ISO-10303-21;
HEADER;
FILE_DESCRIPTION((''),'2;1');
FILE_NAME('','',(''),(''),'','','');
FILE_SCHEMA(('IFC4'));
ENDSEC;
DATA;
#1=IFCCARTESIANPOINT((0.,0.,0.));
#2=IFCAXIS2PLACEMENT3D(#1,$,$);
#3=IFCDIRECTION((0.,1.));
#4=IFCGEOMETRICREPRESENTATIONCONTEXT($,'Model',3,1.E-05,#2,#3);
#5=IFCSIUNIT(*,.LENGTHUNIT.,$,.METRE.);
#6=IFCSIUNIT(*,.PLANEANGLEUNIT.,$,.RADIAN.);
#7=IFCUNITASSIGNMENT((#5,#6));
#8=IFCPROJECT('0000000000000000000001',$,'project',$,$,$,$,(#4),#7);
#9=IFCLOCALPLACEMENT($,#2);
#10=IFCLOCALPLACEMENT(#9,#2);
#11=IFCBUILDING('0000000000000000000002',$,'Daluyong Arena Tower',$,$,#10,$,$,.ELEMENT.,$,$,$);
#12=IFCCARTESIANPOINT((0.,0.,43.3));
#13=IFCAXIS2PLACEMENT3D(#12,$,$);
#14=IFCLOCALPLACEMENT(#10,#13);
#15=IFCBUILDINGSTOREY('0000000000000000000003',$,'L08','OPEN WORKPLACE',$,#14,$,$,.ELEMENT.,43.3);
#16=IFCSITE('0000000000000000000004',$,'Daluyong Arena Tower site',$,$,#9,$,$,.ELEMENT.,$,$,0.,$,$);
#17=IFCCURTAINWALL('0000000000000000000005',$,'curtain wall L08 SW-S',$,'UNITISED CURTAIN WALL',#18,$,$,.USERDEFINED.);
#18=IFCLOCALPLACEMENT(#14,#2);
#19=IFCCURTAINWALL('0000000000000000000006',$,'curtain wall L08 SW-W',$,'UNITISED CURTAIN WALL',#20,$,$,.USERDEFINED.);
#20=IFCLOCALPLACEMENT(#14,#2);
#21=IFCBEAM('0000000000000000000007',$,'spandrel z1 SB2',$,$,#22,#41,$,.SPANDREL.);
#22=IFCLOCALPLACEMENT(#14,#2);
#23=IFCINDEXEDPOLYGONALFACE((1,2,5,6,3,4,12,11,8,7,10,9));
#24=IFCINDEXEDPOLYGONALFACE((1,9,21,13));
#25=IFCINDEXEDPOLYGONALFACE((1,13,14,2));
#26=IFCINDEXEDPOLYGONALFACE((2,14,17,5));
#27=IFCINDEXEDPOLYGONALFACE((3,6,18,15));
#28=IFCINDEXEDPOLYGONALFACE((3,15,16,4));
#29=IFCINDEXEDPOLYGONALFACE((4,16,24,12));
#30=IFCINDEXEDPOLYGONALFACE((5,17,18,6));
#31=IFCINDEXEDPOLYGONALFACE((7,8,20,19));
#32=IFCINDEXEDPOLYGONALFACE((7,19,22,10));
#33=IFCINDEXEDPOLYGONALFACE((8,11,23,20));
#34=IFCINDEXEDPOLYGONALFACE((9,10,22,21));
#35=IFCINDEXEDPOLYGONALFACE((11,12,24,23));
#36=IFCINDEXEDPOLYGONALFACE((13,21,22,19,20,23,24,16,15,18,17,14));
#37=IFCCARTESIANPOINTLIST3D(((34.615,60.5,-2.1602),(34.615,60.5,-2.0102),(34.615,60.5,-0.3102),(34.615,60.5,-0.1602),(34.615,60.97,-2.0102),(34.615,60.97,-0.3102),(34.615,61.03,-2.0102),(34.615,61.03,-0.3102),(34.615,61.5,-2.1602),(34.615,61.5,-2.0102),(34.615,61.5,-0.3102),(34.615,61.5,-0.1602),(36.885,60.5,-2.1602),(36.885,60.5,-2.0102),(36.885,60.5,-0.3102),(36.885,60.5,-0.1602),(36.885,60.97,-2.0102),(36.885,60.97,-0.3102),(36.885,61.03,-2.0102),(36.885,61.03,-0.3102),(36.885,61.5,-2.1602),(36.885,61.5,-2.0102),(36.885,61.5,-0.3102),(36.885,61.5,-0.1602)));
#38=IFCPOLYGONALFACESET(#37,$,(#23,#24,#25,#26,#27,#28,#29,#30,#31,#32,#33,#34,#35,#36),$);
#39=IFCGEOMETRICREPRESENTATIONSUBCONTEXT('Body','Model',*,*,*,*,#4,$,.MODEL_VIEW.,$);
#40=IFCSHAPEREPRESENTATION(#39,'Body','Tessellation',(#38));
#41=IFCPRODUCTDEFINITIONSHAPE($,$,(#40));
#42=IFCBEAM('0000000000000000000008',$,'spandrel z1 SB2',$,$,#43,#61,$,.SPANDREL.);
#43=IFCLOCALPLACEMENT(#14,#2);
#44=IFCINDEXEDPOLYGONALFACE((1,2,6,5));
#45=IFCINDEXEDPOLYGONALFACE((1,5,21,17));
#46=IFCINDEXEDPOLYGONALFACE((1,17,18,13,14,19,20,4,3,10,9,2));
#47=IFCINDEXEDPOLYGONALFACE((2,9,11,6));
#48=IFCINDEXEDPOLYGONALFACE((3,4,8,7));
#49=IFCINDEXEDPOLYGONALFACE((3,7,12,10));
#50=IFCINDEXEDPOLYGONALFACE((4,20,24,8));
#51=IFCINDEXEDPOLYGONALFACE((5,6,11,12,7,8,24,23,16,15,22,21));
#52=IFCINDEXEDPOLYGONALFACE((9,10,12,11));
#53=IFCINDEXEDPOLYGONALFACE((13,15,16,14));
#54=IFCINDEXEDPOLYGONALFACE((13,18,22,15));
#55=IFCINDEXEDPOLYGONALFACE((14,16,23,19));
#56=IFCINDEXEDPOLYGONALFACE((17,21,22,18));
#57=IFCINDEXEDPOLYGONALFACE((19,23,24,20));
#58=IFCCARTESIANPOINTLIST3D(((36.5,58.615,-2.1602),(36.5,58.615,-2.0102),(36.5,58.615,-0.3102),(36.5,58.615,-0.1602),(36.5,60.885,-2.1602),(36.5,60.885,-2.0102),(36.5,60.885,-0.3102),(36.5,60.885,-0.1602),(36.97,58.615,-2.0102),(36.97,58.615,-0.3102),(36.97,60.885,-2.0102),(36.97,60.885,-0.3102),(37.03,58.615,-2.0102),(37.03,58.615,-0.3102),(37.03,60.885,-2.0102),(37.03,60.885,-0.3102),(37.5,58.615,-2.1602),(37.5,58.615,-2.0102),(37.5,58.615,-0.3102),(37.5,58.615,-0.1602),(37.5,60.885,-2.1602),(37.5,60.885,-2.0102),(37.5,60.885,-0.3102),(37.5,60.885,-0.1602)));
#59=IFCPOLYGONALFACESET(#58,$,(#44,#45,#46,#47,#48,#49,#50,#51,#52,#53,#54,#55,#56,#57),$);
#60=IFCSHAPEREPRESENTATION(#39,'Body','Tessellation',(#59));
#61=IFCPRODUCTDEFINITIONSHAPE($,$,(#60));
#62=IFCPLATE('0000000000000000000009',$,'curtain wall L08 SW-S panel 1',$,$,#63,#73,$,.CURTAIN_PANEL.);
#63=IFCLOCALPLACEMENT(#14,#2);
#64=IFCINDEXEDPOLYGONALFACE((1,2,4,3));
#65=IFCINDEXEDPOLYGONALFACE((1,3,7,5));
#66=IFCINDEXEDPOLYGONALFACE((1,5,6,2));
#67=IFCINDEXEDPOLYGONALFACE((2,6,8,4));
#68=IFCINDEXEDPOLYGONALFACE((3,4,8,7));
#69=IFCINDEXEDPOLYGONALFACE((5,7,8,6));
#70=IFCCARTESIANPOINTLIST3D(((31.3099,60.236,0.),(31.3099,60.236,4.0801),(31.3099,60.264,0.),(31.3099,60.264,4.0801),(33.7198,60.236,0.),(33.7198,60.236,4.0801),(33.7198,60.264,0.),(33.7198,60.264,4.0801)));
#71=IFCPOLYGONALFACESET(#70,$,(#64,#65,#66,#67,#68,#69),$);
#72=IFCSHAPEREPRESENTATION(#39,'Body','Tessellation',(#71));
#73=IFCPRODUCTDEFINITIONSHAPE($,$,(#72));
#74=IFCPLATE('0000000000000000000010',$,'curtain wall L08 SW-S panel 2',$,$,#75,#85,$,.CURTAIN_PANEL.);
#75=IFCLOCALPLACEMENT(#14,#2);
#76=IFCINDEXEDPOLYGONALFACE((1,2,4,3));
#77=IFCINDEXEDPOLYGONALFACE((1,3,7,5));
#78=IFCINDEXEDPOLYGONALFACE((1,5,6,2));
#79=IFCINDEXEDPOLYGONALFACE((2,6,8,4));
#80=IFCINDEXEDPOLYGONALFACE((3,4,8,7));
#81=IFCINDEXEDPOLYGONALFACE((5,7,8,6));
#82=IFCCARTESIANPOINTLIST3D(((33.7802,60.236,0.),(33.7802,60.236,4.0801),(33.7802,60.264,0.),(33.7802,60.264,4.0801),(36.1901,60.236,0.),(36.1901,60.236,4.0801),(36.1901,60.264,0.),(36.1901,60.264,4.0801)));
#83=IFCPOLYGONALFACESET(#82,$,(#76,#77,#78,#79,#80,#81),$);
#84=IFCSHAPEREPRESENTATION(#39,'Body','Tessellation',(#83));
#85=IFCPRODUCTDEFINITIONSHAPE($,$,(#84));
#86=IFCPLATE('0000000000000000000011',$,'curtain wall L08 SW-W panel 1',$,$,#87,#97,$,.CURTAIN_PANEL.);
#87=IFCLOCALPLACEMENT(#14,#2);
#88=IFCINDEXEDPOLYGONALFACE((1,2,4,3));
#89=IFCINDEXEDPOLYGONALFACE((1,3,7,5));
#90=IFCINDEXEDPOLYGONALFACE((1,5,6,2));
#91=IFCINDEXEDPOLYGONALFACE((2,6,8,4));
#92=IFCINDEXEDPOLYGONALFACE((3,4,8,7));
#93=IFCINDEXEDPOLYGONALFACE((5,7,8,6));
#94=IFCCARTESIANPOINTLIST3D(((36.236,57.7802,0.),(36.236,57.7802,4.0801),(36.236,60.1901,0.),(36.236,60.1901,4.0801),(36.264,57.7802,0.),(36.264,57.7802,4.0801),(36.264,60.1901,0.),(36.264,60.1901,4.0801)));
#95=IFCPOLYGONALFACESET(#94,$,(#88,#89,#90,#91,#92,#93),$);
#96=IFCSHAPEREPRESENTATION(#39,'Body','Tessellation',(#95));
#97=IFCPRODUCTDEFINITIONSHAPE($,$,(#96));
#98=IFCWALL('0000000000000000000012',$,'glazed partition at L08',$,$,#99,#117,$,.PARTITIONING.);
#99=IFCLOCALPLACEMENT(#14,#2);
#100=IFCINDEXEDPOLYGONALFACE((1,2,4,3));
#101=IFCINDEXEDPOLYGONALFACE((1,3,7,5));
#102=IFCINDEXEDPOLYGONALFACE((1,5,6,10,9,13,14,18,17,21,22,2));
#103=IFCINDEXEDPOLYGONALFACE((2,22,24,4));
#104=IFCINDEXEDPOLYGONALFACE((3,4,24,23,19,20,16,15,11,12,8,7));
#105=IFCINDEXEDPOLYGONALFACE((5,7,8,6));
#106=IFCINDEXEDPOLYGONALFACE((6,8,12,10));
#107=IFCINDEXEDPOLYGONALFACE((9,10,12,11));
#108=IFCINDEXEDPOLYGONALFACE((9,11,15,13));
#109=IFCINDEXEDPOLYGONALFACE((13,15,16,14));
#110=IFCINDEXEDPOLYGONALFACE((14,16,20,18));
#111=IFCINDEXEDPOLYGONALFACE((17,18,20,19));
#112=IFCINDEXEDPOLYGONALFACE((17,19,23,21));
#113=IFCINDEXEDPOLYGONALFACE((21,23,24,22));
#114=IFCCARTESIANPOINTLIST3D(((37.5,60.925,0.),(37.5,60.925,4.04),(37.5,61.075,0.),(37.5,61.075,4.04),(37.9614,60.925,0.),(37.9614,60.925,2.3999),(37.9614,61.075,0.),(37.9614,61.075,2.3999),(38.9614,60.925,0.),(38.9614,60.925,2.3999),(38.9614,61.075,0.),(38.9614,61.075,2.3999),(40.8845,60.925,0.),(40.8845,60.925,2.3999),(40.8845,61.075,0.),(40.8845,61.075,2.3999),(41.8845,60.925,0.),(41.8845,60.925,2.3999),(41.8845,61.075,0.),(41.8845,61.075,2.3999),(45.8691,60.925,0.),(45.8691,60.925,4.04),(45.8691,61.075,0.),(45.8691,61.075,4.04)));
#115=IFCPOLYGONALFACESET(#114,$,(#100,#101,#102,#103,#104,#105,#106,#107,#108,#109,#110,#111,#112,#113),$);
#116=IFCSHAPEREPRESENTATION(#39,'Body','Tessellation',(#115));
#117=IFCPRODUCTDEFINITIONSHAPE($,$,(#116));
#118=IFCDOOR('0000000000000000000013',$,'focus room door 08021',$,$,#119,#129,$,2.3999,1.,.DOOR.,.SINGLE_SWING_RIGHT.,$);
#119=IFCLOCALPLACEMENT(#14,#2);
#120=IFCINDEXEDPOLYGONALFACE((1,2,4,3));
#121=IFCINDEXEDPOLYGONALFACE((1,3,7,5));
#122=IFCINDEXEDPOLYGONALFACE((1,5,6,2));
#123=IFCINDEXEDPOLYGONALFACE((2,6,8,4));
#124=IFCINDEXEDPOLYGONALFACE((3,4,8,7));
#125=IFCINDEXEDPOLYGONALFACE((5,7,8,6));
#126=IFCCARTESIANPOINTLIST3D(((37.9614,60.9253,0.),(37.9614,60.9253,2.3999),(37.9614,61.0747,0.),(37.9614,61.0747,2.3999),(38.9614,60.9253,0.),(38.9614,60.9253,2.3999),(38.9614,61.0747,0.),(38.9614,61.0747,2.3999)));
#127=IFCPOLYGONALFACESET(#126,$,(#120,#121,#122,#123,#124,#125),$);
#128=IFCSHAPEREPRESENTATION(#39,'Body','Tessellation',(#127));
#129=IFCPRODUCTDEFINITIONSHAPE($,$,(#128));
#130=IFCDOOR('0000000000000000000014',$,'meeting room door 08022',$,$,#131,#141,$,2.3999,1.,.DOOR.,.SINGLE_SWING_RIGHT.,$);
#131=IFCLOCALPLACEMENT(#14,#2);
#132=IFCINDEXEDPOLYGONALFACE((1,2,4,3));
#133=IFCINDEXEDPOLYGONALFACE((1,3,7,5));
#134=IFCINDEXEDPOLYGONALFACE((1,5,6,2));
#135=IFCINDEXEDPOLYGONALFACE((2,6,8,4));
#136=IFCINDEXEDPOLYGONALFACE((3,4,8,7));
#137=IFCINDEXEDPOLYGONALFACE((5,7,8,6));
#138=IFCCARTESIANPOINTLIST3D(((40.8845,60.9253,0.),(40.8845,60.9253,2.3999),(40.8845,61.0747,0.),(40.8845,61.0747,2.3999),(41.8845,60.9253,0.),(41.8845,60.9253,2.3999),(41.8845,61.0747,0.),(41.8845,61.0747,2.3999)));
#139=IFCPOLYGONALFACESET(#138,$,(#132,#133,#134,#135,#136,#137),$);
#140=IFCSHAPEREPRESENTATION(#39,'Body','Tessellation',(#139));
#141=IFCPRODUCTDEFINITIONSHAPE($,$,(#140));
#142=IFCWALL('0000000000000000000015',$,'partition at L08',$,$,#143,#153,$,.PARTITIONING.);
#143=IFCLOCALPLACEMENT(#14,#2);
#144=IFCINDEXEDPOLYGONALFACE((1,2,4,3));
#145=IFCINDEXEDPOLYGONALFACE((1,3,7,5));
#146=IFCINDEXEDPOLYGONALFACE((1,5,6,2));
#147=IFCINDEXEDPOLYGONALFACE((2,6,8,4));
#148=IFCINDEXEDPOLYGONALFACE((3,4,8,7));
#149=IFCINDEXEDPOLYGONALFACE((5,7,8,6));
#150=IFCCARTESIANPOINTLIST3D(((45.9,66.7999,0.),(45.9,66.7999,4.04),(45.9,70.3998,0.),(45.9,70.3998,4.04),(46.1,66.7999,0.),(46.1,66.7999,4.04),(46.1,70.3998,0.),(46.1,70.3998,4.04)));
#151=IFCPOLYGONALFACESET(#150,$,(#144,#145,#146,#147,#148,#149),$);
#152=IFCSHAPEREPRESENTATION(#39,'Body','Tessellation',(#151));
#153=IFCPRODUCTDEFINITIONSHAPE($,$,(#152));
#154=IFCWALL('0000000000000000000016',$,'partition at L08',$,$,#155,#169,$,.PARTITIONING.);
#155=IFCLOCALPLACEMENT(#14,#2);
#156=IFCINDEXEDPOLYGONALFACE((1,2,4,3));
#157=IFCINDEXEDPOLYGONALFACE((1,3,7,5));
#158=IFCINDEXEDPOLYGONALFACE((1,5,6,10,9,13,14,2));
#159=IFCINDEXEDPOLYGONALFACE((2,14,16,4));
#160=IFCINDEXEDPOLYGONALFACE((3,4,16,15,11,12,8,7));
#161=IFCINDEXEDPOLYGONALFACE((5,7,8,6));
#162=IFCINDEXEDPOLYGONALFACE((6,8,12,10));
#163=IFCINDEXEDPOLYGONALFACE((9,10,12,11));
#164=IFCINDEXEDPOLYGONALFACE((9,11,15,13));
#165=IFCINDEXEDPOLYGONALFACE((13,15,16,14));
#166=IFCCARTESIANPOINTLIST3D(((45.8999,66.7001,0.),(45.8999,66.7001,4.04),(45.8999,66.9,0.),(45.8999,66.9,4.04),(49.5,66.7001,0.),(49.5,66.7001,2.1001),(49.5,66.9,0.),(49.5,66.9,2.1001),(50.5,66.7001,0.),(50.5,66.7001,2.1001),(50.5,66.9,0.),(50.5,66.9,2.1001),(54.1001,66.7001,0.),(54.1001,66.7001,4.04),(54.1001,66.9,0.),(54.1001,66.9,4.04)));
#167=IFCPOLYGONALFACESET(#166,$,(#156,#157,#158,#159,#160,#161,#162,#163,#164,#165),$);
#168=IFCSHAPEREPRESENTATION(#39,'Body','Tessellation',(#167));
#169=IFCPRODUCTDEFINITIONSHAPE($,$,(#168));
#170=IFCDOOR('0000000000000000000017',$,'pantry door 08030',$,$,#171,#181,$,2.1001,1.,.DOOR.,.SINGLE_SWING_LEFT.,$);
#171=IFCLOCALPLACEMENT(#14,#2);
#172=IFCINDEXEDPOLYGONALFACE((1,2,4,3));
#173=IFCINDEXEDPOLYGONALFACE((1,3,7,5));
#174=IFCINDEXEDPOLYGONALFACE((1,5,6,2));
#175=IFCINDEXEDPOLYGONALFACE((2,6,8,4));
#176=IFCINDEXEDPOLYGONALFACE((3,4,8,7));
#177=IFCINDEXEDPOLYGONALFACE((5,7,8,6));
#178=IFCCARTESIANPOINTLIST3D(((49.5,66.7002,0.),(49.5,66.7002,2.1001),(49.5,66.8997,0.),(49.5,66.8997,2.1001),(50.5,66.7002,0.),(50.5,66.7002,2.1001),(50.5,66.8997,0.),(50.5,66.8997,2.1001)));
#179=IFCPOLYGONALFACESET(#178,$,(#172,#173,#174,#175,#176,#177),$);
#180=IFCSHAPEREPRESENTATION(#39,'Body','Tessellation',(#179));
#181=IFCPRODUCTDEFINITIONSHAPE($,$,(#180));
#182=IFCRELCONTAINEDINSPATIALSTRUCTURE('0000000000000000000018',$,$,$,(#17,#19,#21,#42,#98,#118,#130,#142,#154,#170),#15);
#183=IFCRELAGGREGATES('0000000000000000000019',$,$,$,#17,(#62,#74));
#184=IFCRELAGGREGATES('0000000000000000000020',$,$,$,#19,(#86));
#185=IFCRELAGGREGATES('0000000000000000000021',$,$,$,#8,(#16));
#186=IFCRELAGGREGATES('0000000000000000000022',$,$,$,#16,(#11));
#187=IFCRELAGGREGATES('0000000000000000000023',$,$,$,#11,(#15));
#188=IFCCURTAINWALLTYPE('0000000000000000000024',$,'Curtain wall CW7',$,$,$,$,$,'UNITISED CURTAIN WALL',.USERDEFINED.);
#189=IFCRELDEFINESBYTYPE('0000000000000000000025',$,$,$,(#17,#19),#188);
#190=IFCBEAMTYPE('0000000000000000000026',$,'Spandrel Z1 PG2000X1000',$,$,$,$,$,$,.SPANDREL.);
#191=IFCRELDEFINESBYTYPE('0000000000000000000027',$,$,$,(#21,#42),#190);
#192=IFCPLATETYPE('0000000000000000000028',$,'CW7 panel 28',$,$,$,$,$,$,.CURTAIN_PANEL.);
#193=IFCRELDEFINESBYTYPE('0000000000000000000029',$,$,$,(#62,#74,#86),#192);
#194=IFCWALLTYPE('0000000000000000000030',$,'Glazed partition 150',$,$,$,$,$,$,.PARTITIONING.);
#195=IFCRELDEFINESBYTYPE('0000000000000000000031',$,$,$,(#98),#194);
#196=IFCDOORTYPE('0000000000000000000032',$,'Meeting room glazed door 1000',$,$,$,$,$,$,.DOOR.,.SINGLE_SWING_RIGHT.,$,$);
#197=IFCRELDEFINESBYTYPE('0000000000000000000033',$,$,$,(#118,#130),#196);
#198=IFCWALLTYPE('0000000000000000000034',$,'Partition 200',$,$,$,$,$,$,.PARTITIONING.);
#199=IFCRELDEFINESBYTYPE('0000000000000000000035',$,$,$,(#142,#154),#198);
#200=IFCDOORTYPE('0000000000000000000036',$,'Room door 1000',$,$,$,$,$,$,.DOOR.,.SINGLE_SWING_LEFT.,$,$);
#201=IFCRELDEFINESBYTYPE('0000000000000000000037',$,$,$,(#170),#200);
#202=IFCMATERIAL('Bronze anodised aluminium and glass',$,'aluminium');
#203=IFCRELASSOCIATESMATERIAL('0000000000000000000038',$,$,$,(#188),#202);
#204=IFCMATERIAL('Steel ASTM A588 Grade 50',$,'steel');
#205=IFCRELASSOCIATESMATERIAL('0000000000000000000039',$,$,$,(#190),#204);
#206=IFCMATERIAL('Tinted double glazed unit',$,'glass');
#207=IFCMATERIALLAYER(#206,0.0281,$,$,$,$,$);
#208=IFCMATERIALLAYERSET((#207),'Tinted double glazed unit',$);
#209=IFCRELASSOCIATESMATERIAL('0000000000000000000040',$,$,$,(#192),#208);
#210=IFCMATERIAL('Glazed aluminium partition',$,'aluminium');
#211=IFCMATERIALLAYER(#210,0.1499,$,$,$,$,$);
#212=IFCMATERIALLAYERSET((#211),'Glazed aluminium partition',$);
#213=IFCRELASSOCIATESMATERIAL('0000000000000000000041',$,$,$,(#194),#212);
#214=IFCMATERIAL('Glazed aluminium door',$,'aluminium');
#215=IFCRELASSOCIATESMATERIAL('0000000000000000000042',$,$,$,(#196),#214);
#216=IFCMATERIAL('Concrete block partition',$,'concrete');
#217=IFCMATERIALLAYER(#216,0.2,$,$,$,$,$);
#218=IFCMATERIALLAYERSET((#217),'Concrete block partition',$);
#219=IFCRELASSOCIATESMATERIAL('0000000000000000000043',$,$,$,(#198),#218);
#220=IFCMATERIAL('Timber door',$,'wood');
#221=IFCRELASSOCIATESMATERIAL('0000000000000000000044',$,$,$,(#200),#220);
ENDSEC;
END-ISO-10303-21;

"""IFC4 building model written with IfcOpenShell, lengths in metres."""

from ifc_helpers import new_model, si_unit, direction, frame, frame_2d, origin, origin_2d, place, context, subcontext, project, spatial, rectangle, i_section, extrude, material, layer, layer_set, material_profile, profile_set, type_object, element, fill, aggregate, save


model = new_model("IFC4")

# Units and contexts
model_context = context("Model", 3, precision=1e-05, world=origin(), true_north=direction((0.0, 1.0)))
body_context = subcontext(model_context, "Body", "Model", "MODEL_VIEW")
ifc_project = project(units=[si_unit("LENGTHUNIT", "METRE"), si_unit("PLANEANGLEUNIT", "RADIAN")], contexts=[model_context])

# Site, building, storey
site_placement = place(None, origin())
site = spatial("IfcSite", under=ifc_project, at=site_placement, Name="Daluyong Arena Tower site", CompositionType="ELEMENT", RefElevation=0.0)
building_placement = place(site_placement, origin())
building = spatial("IfcBuilding", under=site, at=building_placement, Name="Daluyong Arena Tower", CompositionType="ELEMENT")
storey_placement = place(building_placement, frame((0.0, 0.0, 43.3)))
storey = spatial("IfcBuildingStorey", under=building, at=storey_placement, Name="L08", Description="OPEN WORKPLACE", CompositionType="ELEMENT", Elevation=43.3)

# Curtain wall
ifc_material_1 = material(Name="Bronze anodised aluminium and glass", Category="aluminium")
curtain_wall_type = type_object("IfcCurtainWallType", Name="Curtain wall CW7", ElementType="UNITISED CURTAIN WALL", PredefinedType="USERDEFINED", material=ifc_material_1)
curtain_wall_1_placement = place(storey_placement, origin())
curtain_wall_1 = element("IfcCurtainWall", 1, at=curtain_wall_1_placement, inside=storey, type_object=curtain_wall_type, Name="curtain wall L08 SW-S", ObjectType="UNITISED CURTAIN WALL", PredefinedType="USERDEFINED")

# Curtain wall
curtain_wall_2_placement = place(storey_placement, origin())
curtain_wall_2 = element("IfcCurtainWall", 2, at=curtain_wall_2_placement, inside=storey, type_object=curtain_wall_type, Name="curtain wall L08 SW-W", ObjectType="UNITISED CURTAIN WALL", PredefinedType="USERDEFINED")

# Beams
ifc_material_2 = material(Name="Steel ASTM A588 Grade 50", Category="steel")
ifc_material_profile_1 = material_profile(ifc_material_2, i_section(OverallWidth=1.0, OverallDepth=2.0, WebThickness=0.06, FlangeThickness=0.15, at=origin_2d()))
ifc_profile_set_1 = profile_set([ifc_material_profile_1], Name="Steel ASTM A588 Grade 50")
beam_type_1 = type_object("IfcBeamType", Name="Spandrel Z1 PG2000X1000", PredefinedType="SPANDREL", material=ifc_profile_set_1)
for number, where, z_axis, x_axis, name in (
    (3, (34.615, 61.0, -1.1602), (1.0, 0.0, 0.0), (0.0, 1.0, 0.0), "spandrel z1 SB2"),
    (4, (37.0, 60.885, -1.1602), (0.0, -1.0, 0.0), (1.0, 0.0, 0.0), "spandrel z1 SB2"),
):
    element("IfcBeam", number, at=place(storey_placement, frame(where, z_axis=z_axis, x_axis=x_axis)), inside=storey, type_object=beam_type_1, Name=name, PredefinedType="SPANDREL", context=body_context, shape_type="SweptSolid", body=[
        extrude(i_section(OverallWidth=1.0, OverallDepth=2.0, WebThickness=0.06, FlangeThickness=0.15, at=origin_2d()), origin(), (0.0, 0.0, 1.0), 2.27),
    ])

# Plates
ifc_material_3 = material(Name="Tinted double glazed unit", Category="glass")
ifc_layer_1 = layer(ifc_material_3, 0.0281)
ifc_layer_set_1 = layer_set([ifc_layer_1], Name="Tinted double glazed unit")
plate_type = type_object("IfcPlateType", Name="CW7 panel 28", PredefinedType="CURTAIN_PANEL", material=ifc_layer_set_1)
plate_1_placement = place(storey_placement, frame((32.5149, 60.25, 0.0), z_axis=(0.0, 0.0, 1.0), x_axis=(1.0, 0.0, 0.0)))
plate_1 = element("IfcPlate", 5, at=plate_1_placement, type_object=plate_type, Name="curtain wall L08 SW-S panel 1", PredefinedType="CURTAIN_PANEL", context=body_context, shape_type="SweptSolid", body=[
    extrude(rectangle(XDim=2.4099, YDim=0.0281, at=origin_2d()), origin(), (0.0, 0.0, 1.0), 4.0801),
])
plate_2_placement = place(storey_placement, frame((34.9851, 60.25, 0.0), z_axis=(0.0, 0.0, 1.0), x_axis=(1.0, 0.0, 0.0)))
plate_2 = element("IfcPlate", 6, at=plate_2_placement, type_object=plate_type, Name="curtain wall L08 SW-S panel 2", PredefinedType="CURTAIN_PANEL", context=body_context, shape_type="SweptSolid", body=[
    extrude(rectangle(XDim=2.4099, YDim=0.0281, at=origin_2d()), origin(), (0.0, 0.0, 1.0), 4.0801),
])
aggregate(curtain_wall_1, [plate_1, plate_2])
plate_3_placement = place(storey_placement, frame((36.25, 58.9851, 0.0), z_axis=(0.0, 0.0, 1.0), x_axis=(0.0, -1.0, 0.0)))
plate_3 = element("IfcPlate", 7, at=plate_3_placement, type_object=plate_type, Name="curtain wall L08 SW-W panel 1", PredefinedType="CURTAIN_PANEL", context=body_context, shape_type="SweptSolid", body=[
    extrude(rectangle(XDim=2.4099, YDim=0.0281, at=origin_2d()), origin(), (0.0, 0.0, 1.0), 4.0801),
])
aggregate(curtain_wall_2, [plate_3])

# Wall, openings, doors
ifc_material_4 = material(Name="Glazed aluminium partition", Category="aluminium")
ifc_layer_2 = layer(ifc_material_4, 0.1499)
ifc_layer_set_2 = layer_set([ifc_layer_2], Name="Glazed aluminium partition")
wall_type_1 = type_object("IfcWallType", Name="Glazed partition 150", PredefinedType="PARTITIONING", material=ifc_layer_set_2)
wall_1_placement = place(storey_placement, frame((37.5, 61.0, 0.0), z_axis=(0.0, 0.0, 1.0), x_axis=(1.0, 0.0, 0.0)))
wall_1 = element("IfcWall", 8, at=wall_1_placement, inside=storey, type_object=wall_type_1, Name="glazed partition at L08", PredefinedType="PARTITIONING", context=body_context, shape_type="SweptSolid", body=[
    extrude(rectangle(XDim=8.3691, YDim=0.1499, at=frame_2d((4.1846, 0.0))), origin(), (0.0, 0.0, 1.0), 4.04),
])
opening_1_placement = place(wall_1_placement, frame((0.4614, 0.0, 0.0)))
opening_1 = element("IfcOpeningElement", 9, at=opening_1_placement, cuts=wall_1, PredefinedType="OPENING", context=body_context, shape_type="SweptSolid", body=[
    extrude(rectangle(XDim=1.0, YDim=2.3999, at=frame_2d((0.5, 1.2))), frame((0.0, 0.085, 0.0), z_axis=(0.0, -1.0, 0.0), x_axis=(1.0, 0.0, 0.0)), (0.0, 0.0, 1.0), 0.1699),
])
opening_2_placement = place(wall_1_placement, frame((3.3845, 0.0, 0.0)))
opening_2 = element("IfcOpeningElement", 10, at=opening_2_placement, cuts=wall_1, PredefinedType="OPENING", context=body_context, shape_type="SweptSolid", body=[
    extrude(rectangle(XDim=1.0, YDim=2.3999, at=frame_2d((0.5, 1.2))), frame((0.0, 0.085, 0.0), z_axis=(0.0, -1.0, 0.0), x_axis=(1.0, 0.0, 0.0)), (0.0, 0.0, 1.0), 0.1699),
])
ifc_material_5 = material(Name="Glazed aluminium door", Category="aluminium")
door_type_1 = type_object("IfcDoorType", Name="Meeting room glazed door 1000", OperationType="SINGLE_SWING_RIGHT", PredefinedType="DOOR", material=ifc_material_5)
door_1_placement = place(opening_1_placement, origin())
door_1 = element("IfcDoor", 11, at=door_1_placement, inside=storey, type_object=door_type_1, Name="focus room door 08021", OperationType="SINGLE_SWING_RIGHT", OverallHeight=2.3999, OverallWidth=1.0, PredefinedType="DOOR", context=body_context, shape_type="SweptSolid", body=[
    extrude(rectangle(XDim=1.0, YDim=2.3999, at=frame_2d((0.5, 1.2))), frame((0.0, 0.0747, 0.0), z_axis=(0.0, -1.0, 0.0), x_axis=(1.0, 0.0, 0.0)), (0.0, 0.0, 1.0), 0.1494),
])
fill(opening_1, door_1)
door_2_placement = place(opening_2_placement, origin())
door_2 = element("IfcDoor", 12, at=door_2_placement, inside=storey, type_object=door_type_1, Name="meeting room door 08022", OperationType="SINGLE_SWING_RIGHT", OverallHeight=2.3999, OverallWidth=1.0, PredefinedType="DOOR", context=body_context, shape_type="SweptSolid", body=[
    extrude(rectangle(XDim=1.0, YDim=2.3999, at=frame_2d((0.5, 1.2))), frame((0.0, 0.0747, 0.0), z_axis=(0.0, -1.0, 0.0), x_axis=(1.0, 0.0, 0.0)), (0.0, 0.0, 1.0), 0.1494),
])
fill(opening_2, door_2)

# Wall
ifc_material_6 = material(Name="Concrete block partition", Category="concrete")
ifc_layer_3 = layer(ifc_material_6, 0.2)
ifc_layer_set_3 = layer_set([ifc_layer_3], Name="Concrete block partition")
wall_type_2 = type_object("IfcWallType", Name="Partition 200", PredefinedType="PARTITIONING", material=ifc_layer_set_3)
wall_2_placement = place(storey_placement, frame((46.0, 66.8, 0.0), z_axis=(0.0, 0.0, 1.0), x_axis=(0.0, 1.0, 0.0)))
element("IfcWall", 13, at=wall_2_placement, inside=storey, type_object=wall_type_2, Name="partition at L08", PredefinedType="PARTITIONING", context=body_context, shape_type="SweptSolid", body=[
    extrude(rectangle(XDim=3.5999, YDim=0.2, at=frame_2d((1.7998, 0.0))), origin(), (0.0, 0.0, 1.0), 4.04),
])

# Wall, opening, door
wall_3_placement = place(storey_placement, frame((45.8999, 66.8, 0.0), z_axis=(0.0, 0.0, 1.0), x_axis=(1.0, 0.0, 0.0)))
wall_3 = element("IfcWall", 14, at=wall_3_placement, inside=storey, type_object=wall_type_2, Name="partition at L08", PredefinedType="PARTITIONING", context=body_context, shape_type="SweptSolid", body=[
    extrude(rectangle(XDim=8.2002, YDim=0.2, at=frame_2d((4.1001, 0.0))), origin(), (0.0, 0.0, 1.0), 4.04),
])
opening_3_placement = place(wall_3_placement, frame((3.6001, 0.0, 0.0)))
opening_3 = element("IfcOpeningElement", 15, at=opening_3_placement, cuts=wall_3, PredefinedType="OPENING", context=body_context, shape_type="SweptSolid", body=[
    extrude(rectangle(XDim=1.0, YDim=2.1001, at=frame_2d((0.5, 1.05))), frame((0.0, 0.1099, 0.0), z_axis=(0.0, -1.0, 0.0), x_axis=(1.0, 0.0, 0.0)), (0.0, 0.0, 1.0), 0.22),
])
ifc_material_7 = material(Name="Timber door", Category="wood")
door_type_2 = type_object("IfcDoorType", Name="Room door 1000", OperationType="SINGLE_SWING_LEFT", PredefinedType="DOOR", material=ifc_material_7)
door_3_placement = place(opening_3_placement, origin())
door_3 = element("IfcDoor", 16, at=door_3_placement, inside=storey, type_object=door_type_2, Name="pantry door 08030", OperationType="SINGLE_SWING_LEFT", OverallHeight=2.1001, OverallWidth=1.0, PredefinedType="DOOR", context=body_context, shape_type="SweptSolid", body=[
    extrude(rectangle(XDim=1.0, YDim=2.1001, at=frame_2d((0.5, 1.05))), frame((0.0, 0.0996, 0.0), z_axis=(0.0, -1.0, 0.0), x_axis=(1.0, 0.0, 0.0)), (0.0, 0.0, 1.0), 0.1995),
])
fill(opening_3, door_3)

save(model, "model.ifc")
